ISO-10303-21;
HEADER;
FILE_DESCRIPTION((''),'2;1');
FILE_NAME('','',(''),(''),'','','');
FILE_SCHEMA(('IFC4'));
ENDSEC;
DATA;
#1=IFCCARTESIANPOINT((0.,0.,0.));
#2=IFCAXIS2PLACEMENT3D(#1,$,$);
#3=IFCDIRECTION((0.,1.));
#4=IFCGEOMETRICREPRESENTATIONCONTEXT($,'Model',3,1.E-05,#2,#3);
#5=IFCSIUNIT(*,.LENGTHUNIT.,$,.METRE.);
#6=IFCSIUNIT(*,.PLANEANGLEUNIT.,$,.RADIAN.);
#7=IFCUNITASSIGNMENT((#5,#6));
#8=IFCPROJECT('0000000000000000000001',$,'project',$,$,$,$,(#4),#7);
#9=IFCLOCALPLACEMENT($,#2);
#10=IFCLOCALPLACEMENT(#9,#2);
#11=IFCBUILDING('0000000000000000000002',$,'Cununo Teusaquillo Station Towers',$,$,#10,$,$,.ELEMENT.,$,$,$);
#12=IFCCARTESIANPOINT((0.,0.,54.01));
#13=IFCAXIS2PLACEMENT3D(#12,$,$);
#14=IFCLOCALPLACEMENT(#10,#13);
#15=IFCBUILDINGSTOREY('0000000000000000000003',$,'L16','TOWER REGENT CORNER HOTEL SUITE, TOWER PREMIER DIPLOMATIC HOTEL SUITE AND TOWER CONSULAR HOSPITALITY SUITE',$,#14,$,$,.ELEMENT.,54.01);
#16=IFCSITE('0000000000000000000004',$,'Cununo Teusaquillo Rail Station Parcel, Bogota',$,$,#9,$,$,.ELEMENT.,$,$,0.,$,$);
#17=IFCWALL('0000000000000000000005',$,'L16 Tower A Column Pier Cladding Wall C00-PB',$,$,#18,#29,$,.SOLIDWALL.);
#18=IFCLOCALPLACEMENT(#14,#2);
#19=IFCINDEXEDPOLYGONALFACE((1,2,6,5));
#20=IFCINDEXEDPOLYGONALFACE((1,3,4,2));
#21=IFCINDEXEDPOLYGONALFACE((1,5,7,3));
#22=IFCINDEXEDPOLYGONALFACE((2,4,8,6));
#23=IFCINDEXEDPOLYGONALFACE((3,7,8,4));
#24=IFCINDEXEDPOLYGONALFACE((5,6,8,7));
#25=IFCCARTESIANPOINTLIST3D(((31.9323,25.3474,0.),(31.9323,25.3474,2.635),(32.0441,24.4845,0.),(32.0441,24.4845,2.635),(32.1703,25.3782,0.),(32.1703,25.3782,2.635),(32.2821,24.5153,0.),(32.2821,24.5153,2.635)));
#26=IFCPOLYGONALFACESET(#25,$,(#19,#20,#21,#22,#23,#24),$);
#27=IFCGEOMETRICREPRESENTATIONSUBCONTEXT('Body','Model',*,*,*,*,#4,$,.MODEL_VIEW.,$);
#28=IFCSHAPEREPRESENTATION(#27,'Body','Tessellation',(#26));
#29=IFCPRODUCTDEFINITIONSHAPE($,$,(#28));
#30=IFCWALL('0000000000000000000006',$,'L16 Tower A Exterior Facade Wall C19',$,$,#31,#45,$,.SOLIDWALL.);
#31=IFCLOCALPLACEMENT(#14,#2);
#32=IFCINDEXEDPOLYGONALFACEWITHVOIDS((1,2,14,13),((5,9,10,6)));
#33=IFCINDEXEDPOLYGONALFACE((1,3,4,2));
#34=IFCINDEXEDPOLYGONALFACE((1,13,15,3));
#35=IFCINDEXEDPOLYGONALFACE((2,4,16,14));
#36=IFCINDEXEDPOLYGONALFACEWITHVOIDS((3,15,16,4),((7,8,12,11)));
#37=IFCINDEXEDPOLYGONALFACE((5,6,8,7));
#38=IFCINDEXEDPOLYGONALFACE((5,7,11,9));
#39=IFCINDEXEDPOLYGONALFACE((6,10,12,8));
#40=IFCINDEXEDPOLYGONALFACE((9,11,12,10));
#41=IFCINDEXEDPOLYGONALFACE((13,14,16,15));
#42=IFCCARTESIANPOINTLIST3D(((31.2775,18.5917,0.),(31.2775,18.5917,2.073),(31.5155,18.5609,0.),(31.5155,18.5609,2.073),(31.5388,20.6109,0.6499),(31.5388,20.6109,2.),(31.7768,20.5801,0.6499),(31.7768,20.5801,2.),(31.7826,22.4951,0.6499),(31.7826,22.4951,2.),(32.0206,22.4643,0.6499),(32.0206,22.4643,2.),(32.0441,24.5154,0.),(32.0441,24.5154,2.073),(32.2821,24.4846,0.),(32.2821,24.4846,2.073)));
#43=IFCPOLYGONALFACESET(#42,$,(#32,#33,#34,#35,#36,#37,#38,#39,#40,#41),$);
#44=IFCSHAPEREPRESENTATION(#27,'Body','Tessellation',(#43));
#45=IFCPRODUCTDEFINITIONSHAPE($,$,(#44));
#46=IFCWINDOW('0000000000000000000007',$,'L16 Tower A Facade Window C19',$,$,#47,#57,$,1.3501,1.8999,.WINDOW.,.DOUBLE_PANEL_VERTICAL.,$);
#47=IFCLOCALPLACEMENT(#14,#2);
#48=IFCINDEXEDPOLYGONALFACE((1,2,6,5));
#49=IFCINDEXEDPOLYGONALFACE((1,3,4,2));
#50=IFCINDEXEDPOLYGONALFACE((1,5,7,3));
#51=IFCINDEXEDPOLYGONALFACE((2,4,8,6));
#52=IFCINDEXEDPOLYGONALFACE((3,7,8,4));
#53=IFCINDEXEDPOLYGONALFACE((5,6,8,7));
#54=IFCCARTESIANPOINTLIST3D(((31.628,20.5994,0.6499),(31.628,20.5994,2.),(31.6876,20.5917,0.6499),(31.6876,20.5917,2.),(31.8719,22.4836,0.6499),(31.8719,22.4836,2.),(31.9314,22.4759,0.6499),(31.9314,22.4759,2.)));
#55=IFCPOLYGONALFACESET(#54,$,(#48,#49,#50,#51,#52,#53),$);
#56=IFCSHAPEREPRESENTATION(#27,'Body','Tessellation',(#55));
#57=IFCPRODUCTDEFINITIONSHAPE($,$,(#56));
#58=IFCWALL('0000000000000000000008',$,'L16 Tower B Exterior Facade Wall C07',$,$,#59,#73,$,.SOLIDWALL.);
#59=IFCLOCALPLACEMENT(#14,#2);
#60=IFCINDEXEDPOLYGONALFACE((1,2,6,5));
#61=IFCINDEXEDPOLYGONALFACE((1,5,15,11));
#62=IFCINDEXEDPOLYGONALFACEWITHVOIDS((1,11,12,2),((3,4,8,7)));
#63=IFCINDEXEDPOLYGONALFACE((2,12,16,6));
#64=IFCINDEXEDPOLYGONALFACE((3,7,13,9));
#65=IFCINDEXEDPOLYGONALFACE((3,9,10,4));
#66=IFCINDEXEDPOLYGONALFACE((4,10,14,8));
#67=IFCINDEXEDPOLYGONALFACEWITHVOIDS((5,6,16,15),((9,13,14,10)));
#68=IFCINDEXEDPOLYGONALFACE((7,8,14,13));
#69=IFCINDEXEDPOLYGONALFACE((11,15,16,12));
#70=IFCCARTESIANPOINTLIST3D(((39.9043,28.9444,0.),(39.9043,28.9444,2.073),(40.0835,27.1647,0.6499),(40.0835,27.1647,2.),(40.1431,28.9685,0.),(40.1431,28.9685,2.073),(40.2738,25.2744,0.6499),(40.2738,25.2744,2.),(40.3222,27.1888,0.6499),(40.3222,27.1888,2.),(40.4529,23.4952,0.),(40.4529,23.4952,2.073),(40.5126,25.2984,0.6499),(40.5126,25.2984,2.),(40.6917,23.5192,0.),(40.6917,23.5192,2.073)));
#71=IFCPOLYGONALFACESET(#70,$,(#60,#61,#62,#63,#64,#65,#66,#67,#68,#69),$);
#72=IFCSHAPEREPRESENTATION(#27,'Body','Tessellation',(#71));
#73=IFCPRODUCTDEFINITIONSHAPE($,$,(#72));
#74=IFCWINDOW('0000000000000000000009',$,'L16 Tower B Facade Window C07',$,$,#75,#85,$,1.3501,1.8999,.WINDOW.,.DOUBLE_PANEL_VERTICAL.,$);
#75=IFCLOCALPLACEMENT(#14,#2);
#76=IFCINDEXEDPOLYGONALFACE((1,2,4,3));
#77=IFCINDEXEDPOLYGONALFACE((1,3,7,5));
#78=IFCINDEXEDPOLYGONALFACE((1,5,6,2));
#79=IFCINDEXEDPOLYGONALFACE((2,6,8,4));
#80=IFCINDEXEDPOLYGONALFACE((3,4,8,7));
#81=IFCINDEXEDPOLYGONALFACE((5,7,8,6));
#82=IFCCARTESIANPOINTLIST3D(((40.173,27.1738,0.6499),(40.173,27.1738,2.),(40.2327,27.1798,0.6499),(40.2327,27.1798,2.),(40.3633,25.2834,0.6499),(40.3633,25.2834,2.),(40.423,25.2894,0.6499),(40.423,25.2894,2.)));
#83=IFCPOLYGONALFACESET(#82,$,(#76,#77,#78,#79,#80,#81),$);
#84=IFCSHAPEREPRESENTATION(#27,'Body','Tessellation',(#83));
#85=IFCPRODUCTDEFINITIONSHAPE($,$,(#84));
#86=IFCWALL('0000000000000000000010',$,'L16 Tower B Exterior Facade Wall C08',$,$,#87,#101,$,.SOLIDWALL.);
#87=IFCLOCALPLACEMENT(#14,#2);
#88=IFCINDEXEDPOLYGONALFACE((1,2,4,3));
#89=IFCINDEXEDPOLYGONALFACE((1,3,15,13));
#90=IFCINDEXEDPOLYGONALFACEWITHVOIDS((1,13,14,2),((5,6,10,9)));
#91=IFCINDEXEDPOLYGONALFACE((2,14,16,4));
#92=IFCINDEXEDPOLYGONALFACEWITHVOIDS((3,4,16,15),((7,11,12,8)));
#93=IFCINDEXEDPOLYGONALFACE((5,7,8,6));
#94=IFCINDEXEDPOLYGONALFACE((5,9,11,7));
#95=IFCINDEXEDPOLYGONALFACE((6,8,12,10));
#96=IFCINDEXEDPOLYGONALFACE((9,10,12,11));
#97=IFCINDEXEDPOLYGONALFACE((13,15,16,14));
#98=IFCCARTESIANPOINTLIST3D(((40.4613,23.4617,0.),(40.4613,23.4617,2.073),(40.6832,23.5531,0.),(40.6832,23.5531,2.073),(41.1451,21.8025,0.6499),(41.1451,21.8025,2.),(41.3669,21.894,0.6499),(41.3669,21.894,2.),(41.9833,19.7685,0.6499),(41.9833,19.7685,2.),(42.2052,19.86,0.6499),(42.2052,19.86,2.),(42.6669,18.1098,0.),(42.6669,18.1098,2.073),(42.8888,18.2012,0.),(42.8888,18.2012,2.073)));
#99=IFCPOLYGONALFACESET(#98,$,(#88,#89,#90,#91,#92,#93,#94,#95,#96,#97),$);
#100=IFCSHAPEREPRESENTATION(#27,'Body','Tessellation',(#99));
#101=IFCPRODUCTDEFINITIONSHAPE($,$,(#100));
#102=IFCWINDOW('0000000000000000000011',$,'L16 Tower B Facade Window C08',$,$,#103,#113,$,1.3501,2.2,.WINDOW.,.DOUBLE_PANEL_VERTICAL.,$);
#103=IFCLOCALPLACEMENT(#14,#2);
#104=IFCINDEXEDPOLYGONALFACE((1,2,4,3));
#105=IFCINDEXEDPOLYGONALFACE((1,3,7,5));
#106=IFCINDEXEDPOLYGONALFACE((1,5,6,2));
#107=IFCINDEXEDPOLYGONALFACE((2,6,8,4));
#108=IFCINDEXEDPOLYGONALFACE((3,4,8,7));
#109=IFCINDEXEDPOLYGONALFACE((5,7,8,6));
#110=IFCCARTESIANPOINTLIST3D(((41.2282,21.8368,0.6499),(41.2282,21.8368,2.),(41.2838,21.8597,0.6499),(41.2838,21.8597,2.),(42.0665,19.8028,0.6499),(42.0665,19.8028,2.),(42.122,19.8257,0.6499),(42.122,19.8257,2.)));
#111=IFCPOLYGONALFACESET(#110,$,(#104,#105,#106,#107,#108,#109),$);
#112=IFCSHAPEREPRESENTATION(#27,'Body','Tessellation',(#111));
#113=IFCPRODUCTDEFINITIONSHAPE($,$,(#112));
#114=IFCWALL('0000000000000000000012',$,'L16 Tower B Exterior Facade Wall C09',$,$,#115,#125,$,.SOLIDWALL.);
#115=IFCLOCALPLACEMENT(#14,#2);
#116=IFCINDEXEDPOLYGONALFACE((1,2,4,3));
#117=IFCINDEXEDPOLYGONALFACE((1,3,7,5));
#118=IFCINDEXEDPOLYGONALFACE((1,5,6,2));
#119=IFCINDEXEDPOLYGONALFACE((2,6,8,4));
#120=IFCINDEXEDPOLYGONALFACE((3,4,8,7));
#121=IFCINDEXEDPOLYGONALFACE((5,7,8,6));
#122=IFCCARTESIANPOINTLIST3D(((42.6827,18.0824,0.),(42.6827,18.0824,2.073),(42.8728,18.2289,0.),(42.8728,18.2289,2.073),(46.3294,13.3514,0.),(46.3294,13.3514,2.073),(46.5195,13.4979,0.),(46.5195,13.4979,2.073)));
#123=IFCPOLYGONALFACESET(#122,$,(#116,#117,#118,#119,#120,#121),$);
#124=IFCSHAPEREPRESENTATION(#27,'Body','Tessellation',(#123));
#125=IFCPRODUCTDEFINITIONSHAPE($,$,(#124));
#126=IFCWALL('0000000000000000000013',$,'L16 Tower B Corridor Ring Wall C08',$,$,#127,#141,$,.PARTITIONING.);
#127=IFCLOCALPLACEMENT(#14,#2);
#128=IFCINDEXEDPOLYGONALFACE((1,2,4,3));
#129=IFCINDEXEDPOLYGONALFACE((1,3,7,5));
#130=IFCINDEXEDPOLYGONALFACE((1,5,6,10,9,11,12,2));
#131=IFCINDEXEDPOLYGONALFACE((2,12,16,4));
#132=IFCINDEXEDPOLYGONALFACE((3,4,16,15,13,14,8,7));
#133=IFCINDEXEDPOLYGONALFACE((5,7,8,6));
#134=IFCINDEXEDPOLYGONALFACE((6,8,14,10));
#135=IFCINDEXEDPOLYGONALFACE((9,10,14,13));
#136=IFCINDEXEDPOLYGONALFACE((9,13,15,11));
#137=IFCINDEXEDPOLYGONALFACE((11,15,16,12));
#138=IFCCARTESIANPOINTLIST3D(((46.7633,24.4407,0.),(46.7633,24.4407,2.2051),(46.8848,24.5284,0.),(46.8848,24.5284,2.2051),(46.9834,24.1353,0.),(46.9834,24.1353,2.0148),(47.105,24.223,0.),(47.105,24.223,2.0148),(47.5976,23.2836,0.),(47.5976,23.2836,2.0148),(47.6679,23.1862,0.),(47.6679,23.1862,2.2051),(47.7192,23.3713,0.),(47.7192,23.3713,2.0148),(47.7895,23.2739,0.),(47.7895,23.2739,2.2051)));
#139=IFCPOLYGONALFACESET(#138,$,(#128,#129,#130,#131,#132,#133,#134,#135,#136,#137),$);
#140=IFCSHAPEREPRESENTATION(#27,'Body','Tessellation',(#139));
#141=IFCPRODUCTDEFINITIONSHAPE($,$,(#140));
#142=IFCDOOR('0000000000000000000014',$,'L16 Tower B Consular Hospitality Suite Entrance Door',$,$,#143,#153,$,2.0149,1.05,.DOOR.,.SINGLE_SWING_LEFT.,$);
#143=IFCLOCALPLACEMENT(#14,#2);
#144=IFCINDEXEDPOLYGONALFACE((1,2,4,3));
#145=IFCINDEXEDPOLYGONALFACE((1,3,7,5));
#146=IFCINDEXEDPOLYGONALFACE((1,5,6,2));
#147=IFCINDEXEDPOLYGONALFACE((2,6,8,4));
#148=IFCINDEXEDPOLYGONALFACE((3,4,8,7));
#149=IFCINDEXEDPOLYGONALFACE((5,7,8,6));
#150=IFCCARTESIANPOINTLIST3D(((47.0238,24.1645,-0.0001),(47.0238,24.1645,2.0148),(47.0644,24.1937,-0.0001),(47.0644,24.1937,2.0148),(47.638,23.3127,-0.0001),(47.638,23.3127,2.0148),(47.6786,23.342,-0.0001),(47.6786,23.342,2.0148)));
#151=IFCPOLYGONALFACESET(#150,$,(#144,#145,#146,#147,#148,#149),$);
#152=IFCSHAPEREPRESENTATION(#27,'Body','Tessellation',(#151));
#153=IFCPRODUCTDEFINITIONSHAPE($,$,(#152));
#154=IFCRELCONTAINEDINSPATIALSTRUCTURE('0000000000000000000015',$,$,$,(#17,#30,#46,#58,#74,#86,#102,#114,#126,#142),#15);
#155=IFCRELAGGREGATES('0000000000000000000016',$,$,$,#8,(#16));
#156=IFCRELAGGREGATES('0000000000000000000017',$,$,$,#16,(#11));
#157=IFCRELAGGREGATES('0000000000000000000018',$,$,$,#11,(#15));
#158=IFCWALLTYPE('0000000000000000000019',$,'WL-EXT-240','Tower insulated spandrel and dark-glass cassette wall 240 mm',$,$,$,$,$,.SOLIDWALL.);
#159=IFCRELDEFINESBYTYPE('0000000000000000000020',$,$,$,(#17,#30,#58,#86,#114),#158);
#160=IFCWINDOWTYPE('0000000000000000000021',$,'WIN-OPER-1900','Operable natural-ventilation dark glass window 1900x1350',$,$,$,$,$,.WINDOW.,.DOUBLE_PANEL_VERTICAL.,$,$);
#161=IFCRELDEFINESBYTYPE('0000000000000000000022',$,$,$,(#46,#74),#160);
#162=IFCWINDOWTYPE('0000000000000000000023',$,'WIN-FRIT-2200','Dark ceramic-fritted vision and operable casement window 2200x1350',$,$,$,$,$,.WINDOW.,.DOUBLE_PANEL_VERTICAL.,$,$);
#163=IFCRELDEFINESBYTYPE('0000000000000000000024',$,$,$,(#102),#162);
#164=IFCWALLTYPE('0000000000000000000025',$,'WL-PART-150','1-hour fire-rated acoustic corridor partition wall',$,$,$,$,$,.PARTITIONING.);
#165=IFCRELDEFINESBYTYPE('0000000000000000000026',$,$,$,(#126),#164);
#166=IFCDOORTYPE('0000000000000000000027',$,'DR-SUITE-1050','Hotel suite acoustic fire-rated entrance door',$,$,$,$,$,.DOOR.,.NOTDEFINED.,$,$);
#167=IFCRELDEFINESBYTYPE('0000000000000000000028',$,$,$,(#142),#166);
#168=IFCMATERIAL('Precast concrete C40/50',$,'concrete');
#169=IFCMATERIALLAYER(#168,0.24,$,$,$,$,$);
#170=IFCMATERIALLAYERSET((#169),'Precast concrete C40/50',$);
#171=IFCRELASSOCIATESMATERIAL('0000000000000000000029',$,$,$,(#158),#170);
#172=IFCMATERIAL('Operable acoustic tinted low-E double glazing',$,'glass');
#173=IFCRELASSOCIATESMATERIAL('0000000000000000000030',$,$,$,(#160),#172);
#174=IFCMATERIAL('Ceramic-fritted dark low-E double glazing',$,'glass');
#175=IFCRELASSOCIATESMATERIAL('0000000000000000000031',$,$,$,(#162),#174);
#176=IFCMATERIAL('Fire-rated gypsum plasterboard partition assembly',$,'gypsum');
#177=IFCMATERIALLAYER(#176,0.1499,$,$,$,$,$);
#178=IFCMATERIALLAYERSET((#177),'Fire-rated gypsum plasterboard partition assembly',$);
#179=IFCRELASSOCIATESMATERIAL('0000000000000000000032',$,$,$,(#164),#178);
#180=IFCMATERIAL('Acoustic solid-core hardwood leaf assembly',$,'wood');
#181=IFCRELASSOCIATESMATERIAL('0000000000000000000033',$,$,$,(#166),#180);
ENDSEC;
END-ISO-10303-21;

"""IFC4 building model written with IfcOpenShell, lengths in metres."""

from ifc_helpers import new_model, si_unit, direction, frame, frame_2d, origin, place, context, subcontext, project, spatial, rectangle, extrude, source, transform, mapped, material, layer, layer_set, type_object, element, fill, save


model = new_model("IFC4")

# Units and contexts
model_context = context("Model", 3, precision=1e-05, world=origin(), true_north=direction((0.0, 1.0)))
body_context = subcontext(model_context, "Body", "Model", "MODEL_VIEW")
ifc_project = project(units=[si_unit("LENGTHUNIT", "METRE"), si_unit("PLANEANGLEUNIT", "RADIAN")], contexts=[model_context])

# Site, building, storey
site_placement = place(None, origin())
site = spatial("IfcSite", under=ifc_project, at=site_placement, Name="Cununo Teusaquillo Rail Station Parcel, Bogota", CompositionType="ELEMENT", RefElevation=0.0)
building_placement = place(site_placement, origin())
building = spatial("IfcBuilding", under=site, at=building_placement, Name="Cununo Teusaquillo Station Towers", CompositionType="ELEMENT")
storey_placement = place(building_placement, frame((0.0, 0.0, 54.01)))
storey = spatial("IfcBuildingStorey", under=building, at=storey_placement, Name="L16", Description="TOWER REGENT CORNER HOTEL SUITE, TOWER PREMIER DIPLOMATIC HOTEL SUITE AND TOWER CONSULAR HOSPITALITY SUITE", CompositionType="ELEMENT", Elevation=54.01)

# Wall
ifc_material_1 = material(Name="Precast concrete C40/50", Category="concrete")
ifc_layer_1 = layer(ifc_material_1, 0.24)
ifc_layer_set_1 = layer_set([ifc_layer_1], Name="Precast concrete C40/50")
wall_type_1 = type_object("IfcWallType", Name="WL-EXT-240", Description="Tower insulated spandrel and dark-glass cassette wall 240 mm", PredefinedType="SOLIDWALL", material=ifc_layer_set_1)
wall_1_placement = place(storey_placement, frame((32.0513, 25.3628, 0.0), z_axis=(0.0, 0.0, 1.0), x_axis=(0.128523, -0.991706, 0.0)))
element("IfcWall", 1, at=wall_1_placement, inside=storey, type_object=wall_type_1, Name="L16 Tower A Column Pier Cladding Wall C00-PB", PredefinedType="SOLIDWALL", context=body_context, shape_type="SweptSolid", body=[
    extrude(rectangle(XDim=0.8701, YDim=0.24, at=frame_2d((0.4351, 0.0))), origin(), (0.0, 0.0, 1.0), 2.635),
])

# Walls, openings, windows
wall_2_placement = place(storey_placement, frame((32.1631, 24.5, 0.0), z_axis=(0.0, 0.0, 1.0), x_axis=(-0.12834, -0.99173, 0.0)))
wall_2 = element("IfcWall", 2, at=wall_2_placement, inside=storey, type_object=wall_type_1, Name="L16 Tower A Exterior Facade Wall C19", PredefinedType="SOLIDWALL", context=body_context, shape_type="SweptSolid", body=[
    extrude(rectangle(XDim=5.9731, YDim=0.24, at=frame_2d((2.9866, 0.0))), origin(), (0.0, 0.0, 1.0), 2.073),
])
shared_shape_1 = source(origin(), body_context, "Body", "SweptSolid", [
    extrude(rectangle(XDim=1.8999, YDim=1.3501, at=frame_2d((0.95, 0.675))), frame((0.0, 0.1299, 0.0), z_axis=(0.0, -1.0, 0.0), x_axis=(1.0, 0.0, 0.0)), (0.0, 0.0, 1.0), 0.26),
])
opening_1_placement = place(wall_2_placement, frame((2.0371, 0.0, 0.6499)))
opening_1 = element("IfcOpeningElement", 3, at=opening_1_placement, cuts=wall_2, PredefinedType="OPENING", context=body_context, shape_type="MappedRepresentation", body=[
    mapped(shared_shape_1, transform((0.0, 0.0, 0.0), x_axis=(1.0, 0.0, 0.0), y_axis=(0.0, 1.0, 0.0), z_axis=(0.0, 0.0, 1.0), scale=1.0)),
])
ifc_material_2 = material(Name="Operable acoustic tinted low-E double glazing", Category="glass")
window_type_1 = type_object("IfcWindowType", Name="WIN-OPER-1900", Description="Operable natural-ventilation dark glass window 1900x1350", PartitioningType="DOUBLE_PANEL_VERTICAL", PredefinedType="WINDOW", material=ifc_material_2)
shared_shape_2 = source(origin(), body_context, "Body", "SweptSolid", [
    extrude(rectangle(XDim=1.8999, YDim=1.3501, at=frame_2d((0.95, 0.675))), frame((0.0, 0.03, 0.0), z_axis=(0.0, -1.0, 0.0), x_axis=(1.0, 0.0, 0.0)), (0.0, 0.0, 1.0), 0.0601),
])
window_1_placement = place(opening_1_placement, origin())
window_1 = element("IfcWindow", 4, at=window_1_placement, inside=storey, type_object=window_type_1, Name="L16 Tower A Facade Window C19", OverallHeight=1.3501, OverallWidth=1.8999, PartitioningType="DOUBLE_PANEL_VERTICAL", PredefinedType="WINDOW", context=body_context, shape_type="MappedRepresentation", body=[
    mapped(shared_shape_2, transform((0.0, 0.0, 0.0), x_axis=(1.0, 0.0, 0.0), y_axis=(0.0, 1.0, 0.0), z_axis=(0.0, 0.0, 1.0), scale=1.0)),
])
fill(opening_1, window_1)
wall_3_placement = place(storey_placement, frame((40.5723, 23.5073, 0.0), z_axis=(0.0, 0.0, 1.0), x_axis=(-0.100166, 0.994971, 0.0)))
wall_3 = element("IfcWall", 5, at=wall_3_placement, inside=storey, type_object=wall_type_1, Name="L16 Tower B Exterior Facade Wall C07", PredefinedType="SOLIDWALL", context=body_context, shape_type="SweptSolid", body=[
    extrude(rectangle(XDim=5.4768, YDim=0.24, at=frame_2d((2.7383, 0.0))), origin(), (0.0, 0.0, 1.0), 2.073),
])
opening_2_placement = place(wall_3_placement, frame((1.7881, 0.0, 0.6499)))
opening_2 = element("IfcOpeningElement", 6, at=opening_2_placement, cuts=wall_3, PredefinedType="OPENING", context=body_context, shape_type="MappedRepresentation", body=[
    mapped(shared_shape_1, transform((0.0, 0.0, 0.0), x_axis=(1.0, 0.0, 0.0), y_axis=(0.0, 1.0, 0.0), z_axis=(0.0, 0.0, 1.0), scale=1.0)),
])
window_2_placement = place(opening_2_placement, origin())
window_2 = element("IfcWindow", 7, at=window_2_placement, inside=storey, type_object=window_type_1, Name="L16 Tower B Facade Window C07", OverallHeight=1.3501, OverallWidth=1.8999, PartitioningType="DOUBLE_PANEL_VERTICAL", PredefinedType="WINDOW", context=body_context, shape_type="MappedRepresentation", body=[
    mapped(shared_shape_2, transform((0.0, 0.0, 0.0), x_axis=(1.0, 0.0, 0.0), y_axis=(0.0, 1.0, 0.0), z_axis=(0.0, 0.0, 1.0), scale=1.0)),
])
fill(opening_2, window_2)
wall_4_placement = place(storey_placement, frame((42.7778, 18.1555, 0.0), z_axis=(0.0, 0.0, 1.0), x_axis=(-0.381028, 0.924564, 0.0)))
wall_4 = element("IfcWall", 8, at=wall_4_placement, inside=storey, type_object=wall_type_1, Name="L16 Tower B Exterior Facade Wall C08", PredefinedType="SOLIDWALL", context=body_context, shape_type="SweptSolid", body=[
    extrude(rectangle(XDim=5.7886, YDim=0.24, at=frame_2d((2.8943, 0.0))), origin(), (0.0, 0.0, 1.0), 2.073),
])
shared_shape_3 = source(origin(), body_context, "Body", "SweptSolid", [
    extrude(rectangle(XDim=2.2, YDim=1.3501, at=frame_2d((1.1001, 0.675))), frame((0.0, 0.1299, 0.0), z_axis=(0.0, -1.0, 0.0), x_axis=(1.0, 0.0, 0.0)), (0.0, 0.0, 1.0), 0.26),
])
opening_3_placement = place(wall_4_placement, frame((1.7939, 0.0, 0.6499)))
opening_3 = element("IfcOpeningElement", 9, at=opening_3_placement, cuts=wall_4, PredefinedType="OPENING", context=body_context, shape_type="MappedRepresentation", body=[
    mapped(shared_shape_3, transform((0.0, 0.0, 0.0), x_axis=(1.0, 0.0, 0.0), y_axis=(0.0, 1.0, 0.0), z_axis=(0.0, 0.0, 1.0), scale=1.0)),
])
ifc_material_3 = material(Name="Ceramic-fritted dark low-E double glazing", Category="glass")
window_type_2 = type_object("IfcWindowType", Name="WIN-FRIT-2200", Description="Dark ceramic-fritted vision and operable casement window 2200x1350", PartitioningType="DOUBLE_PANEL_VERTICAL", PredefinedType="WINDOW", material=ifc_material_3)
shared_shape_4 = source(origin(), body_context, "Body", "SweptSolid", [
    extrude(rectangle(XDim=2.2, YDim=1.3501, at=frame_2d((1.1001, 0.675))), frame((0.0, 0.03, 0.0), z_axis=(0.0, -1.0, 0.0), x_axis=(1.0, 0.0, 0.0)), (0.0, 0.0, 1.0), 0.0601),
])
window_3_placement = place(opening_3_placement, origin())
window_3 = element("IfcWindow", 10, at=window_3_placement, inside=storey, type_object=window_type_2, Name="L16 Tower B Facade Window C08", OverallHeight=1.3501, OverallWidth=2.2, PartitioningType="DOUBLE_PANEL_VERTICAL", PredefinedType="WINDOW", context=body_context, shape_type="MappedRepresentation", body=[
    mapped(shared_shape_4, transform((0.0, 0.0, 0.0), x_axis=(1.0, 0.0, 0.0), y_axis=(0.0, 1.0, 0.0), z_axis=(0.0, 0.0, 1.0), scale=1.0)),
])
fill(opening_3, window_3)

# Wall
wall_5_placement = place(storey_placement, frame((46.4246, 13.4246, 0.0), z_axis=(0.0, 0.0, 1.0), x_axis=(-0.610503, 0.792014, 0.0)))
element("IfcWall", 11, at=wall_5_placement, inside=storey, type_object=wall_type_1, Name="L16 Tower B Exterior Facade Wall C09", PredefinedType="SOLIDWALL", context=body_context, shape_type="SweptSolid", body=[
    extrude(rectangle(XDim=5.9734, YDim=0.24, at=frame_2d((2.9868, 0.0))), origin(), (0.0, 0.0, 1.0), 2.073),
])

# Wall, opening, door
ifc_material_4 = material(Name="Fire-rated gypsum plasterboard partition assembly", Category="gypsum")
ifc_layer_2 = layer(ifc_material_4, 0.1499)
ifc_layer_set_2 = layer_set([ifc_layer_2], Name="Fire-rated gypsum plasterboard partition assembly")
wall_type_2 = type_object("IfcWallType", Name="WL-PART-150", Description="1-hour fire-rated acoustic corridor partition wall", PredefinedType="PARTITIONING", material=ifc_layer_set_2)
wall_6_placement = place(storey_placement, frame((46.824, 24.4846, 0.0), z_axis=(0.0, 0.0, 1.0), x_axis=(0.584891, -0.811112, 0.0)))
wall_6 = element("IfcWall", 12, at=wall_6_placement, inside=storey, type_object=wall_type_2, Name="L16 Tower B Corridor Ring Wall C08", PredefinedType="PARTITIONING", context=body_context, shape_type="SweptSolid", body=[
    extrude(rectangle(XDim=1.5466, YDim=0.1499, at=frame_2d((0.7734, 0.0))), origin(), (0.0, 0.0, 1.0), 2.2051),
])
shared_shape_5 = source(origin(), body_context, "Body", "SweptSolid", [
    extrude(rectangle(XDim=1.05, YDim=2.0149, at=frame_2d((0.5249, 1.0073))), frame((0.0, 0.085, 0.0), z_axis=(0.0, -1.0, 0.0), x_axis=(1.0, 0.0, 0.0)), (0.0, 0.0, 1.0), 0.1699),
])
opening_4_placement = place(wall_6_placement, frame((0.3767, 0.0, 0.0)))
opening_4 = element("IfcOpeningElement", 13, at=opening_4_placement, cuts=wall_6, PredefinedType="OPENING", context=body_context, shape_type="MappedRepresentation", body=[
    mapped(shared_shape_5, transform((0.0, 0.0, 0.0), x_axis=(1.0, 0.0, 0.0), y_axis=(0.0, 1.0, 0.0), z_axis=(0.0, 0.0, 1.0), scale=1.0)),
])
ifc_material_5 = material(Name="Acoustic solid-core hardwood leaf assembly", Category="wood")
door_type = type_object("IfcDoorType", Name="DR-SUITE-1050", Description="Hotel suite acoustic fire-rated entrance door", OperationType="NOTDEFINED", PredefinedType="DOOR", material=ifc_material_5)
shared_shape_6 = source(origin(), body_context, "Body", "SweptSolid", [
    extrude(rectangle(XDim=1.05, YDim=2.0149, at=frame_2d((0.5249, 1.0073))), frame((0.0, 0.0249, 0.0), z_axis=(0.0, -1.0, 0.0), x_axis=(1.0, 0.0, 0.0)), (0.0, 0.0, 1.0), 0.05),
])
door_placement = place(opening_4_placement, origin())
door = element("IfcDoor", 14, at=door_placement, inside=storey, type_object=door_type, Name="L16 Tower B Consular Hospitality Suite Entrance Door", OperationType="SINGLE_SWING_LEFT", OverallHeight=2.0149, OverallWidth=1.05, PredefinedType="DOOR", context=body_context, shape_type="MappedRepresentation", body=[
    mapped(shared_shape_6, transform((0.0, 0.0, 0.0), x_axis=(1.0, 0.0, 0.0), y_axis=(0.0, 1.0, 0.0), z_axis=(0.0, 0.0, 1.0), scale=1.0)),
])
fill(opening_4, door)

save(model, "model.ifc")
